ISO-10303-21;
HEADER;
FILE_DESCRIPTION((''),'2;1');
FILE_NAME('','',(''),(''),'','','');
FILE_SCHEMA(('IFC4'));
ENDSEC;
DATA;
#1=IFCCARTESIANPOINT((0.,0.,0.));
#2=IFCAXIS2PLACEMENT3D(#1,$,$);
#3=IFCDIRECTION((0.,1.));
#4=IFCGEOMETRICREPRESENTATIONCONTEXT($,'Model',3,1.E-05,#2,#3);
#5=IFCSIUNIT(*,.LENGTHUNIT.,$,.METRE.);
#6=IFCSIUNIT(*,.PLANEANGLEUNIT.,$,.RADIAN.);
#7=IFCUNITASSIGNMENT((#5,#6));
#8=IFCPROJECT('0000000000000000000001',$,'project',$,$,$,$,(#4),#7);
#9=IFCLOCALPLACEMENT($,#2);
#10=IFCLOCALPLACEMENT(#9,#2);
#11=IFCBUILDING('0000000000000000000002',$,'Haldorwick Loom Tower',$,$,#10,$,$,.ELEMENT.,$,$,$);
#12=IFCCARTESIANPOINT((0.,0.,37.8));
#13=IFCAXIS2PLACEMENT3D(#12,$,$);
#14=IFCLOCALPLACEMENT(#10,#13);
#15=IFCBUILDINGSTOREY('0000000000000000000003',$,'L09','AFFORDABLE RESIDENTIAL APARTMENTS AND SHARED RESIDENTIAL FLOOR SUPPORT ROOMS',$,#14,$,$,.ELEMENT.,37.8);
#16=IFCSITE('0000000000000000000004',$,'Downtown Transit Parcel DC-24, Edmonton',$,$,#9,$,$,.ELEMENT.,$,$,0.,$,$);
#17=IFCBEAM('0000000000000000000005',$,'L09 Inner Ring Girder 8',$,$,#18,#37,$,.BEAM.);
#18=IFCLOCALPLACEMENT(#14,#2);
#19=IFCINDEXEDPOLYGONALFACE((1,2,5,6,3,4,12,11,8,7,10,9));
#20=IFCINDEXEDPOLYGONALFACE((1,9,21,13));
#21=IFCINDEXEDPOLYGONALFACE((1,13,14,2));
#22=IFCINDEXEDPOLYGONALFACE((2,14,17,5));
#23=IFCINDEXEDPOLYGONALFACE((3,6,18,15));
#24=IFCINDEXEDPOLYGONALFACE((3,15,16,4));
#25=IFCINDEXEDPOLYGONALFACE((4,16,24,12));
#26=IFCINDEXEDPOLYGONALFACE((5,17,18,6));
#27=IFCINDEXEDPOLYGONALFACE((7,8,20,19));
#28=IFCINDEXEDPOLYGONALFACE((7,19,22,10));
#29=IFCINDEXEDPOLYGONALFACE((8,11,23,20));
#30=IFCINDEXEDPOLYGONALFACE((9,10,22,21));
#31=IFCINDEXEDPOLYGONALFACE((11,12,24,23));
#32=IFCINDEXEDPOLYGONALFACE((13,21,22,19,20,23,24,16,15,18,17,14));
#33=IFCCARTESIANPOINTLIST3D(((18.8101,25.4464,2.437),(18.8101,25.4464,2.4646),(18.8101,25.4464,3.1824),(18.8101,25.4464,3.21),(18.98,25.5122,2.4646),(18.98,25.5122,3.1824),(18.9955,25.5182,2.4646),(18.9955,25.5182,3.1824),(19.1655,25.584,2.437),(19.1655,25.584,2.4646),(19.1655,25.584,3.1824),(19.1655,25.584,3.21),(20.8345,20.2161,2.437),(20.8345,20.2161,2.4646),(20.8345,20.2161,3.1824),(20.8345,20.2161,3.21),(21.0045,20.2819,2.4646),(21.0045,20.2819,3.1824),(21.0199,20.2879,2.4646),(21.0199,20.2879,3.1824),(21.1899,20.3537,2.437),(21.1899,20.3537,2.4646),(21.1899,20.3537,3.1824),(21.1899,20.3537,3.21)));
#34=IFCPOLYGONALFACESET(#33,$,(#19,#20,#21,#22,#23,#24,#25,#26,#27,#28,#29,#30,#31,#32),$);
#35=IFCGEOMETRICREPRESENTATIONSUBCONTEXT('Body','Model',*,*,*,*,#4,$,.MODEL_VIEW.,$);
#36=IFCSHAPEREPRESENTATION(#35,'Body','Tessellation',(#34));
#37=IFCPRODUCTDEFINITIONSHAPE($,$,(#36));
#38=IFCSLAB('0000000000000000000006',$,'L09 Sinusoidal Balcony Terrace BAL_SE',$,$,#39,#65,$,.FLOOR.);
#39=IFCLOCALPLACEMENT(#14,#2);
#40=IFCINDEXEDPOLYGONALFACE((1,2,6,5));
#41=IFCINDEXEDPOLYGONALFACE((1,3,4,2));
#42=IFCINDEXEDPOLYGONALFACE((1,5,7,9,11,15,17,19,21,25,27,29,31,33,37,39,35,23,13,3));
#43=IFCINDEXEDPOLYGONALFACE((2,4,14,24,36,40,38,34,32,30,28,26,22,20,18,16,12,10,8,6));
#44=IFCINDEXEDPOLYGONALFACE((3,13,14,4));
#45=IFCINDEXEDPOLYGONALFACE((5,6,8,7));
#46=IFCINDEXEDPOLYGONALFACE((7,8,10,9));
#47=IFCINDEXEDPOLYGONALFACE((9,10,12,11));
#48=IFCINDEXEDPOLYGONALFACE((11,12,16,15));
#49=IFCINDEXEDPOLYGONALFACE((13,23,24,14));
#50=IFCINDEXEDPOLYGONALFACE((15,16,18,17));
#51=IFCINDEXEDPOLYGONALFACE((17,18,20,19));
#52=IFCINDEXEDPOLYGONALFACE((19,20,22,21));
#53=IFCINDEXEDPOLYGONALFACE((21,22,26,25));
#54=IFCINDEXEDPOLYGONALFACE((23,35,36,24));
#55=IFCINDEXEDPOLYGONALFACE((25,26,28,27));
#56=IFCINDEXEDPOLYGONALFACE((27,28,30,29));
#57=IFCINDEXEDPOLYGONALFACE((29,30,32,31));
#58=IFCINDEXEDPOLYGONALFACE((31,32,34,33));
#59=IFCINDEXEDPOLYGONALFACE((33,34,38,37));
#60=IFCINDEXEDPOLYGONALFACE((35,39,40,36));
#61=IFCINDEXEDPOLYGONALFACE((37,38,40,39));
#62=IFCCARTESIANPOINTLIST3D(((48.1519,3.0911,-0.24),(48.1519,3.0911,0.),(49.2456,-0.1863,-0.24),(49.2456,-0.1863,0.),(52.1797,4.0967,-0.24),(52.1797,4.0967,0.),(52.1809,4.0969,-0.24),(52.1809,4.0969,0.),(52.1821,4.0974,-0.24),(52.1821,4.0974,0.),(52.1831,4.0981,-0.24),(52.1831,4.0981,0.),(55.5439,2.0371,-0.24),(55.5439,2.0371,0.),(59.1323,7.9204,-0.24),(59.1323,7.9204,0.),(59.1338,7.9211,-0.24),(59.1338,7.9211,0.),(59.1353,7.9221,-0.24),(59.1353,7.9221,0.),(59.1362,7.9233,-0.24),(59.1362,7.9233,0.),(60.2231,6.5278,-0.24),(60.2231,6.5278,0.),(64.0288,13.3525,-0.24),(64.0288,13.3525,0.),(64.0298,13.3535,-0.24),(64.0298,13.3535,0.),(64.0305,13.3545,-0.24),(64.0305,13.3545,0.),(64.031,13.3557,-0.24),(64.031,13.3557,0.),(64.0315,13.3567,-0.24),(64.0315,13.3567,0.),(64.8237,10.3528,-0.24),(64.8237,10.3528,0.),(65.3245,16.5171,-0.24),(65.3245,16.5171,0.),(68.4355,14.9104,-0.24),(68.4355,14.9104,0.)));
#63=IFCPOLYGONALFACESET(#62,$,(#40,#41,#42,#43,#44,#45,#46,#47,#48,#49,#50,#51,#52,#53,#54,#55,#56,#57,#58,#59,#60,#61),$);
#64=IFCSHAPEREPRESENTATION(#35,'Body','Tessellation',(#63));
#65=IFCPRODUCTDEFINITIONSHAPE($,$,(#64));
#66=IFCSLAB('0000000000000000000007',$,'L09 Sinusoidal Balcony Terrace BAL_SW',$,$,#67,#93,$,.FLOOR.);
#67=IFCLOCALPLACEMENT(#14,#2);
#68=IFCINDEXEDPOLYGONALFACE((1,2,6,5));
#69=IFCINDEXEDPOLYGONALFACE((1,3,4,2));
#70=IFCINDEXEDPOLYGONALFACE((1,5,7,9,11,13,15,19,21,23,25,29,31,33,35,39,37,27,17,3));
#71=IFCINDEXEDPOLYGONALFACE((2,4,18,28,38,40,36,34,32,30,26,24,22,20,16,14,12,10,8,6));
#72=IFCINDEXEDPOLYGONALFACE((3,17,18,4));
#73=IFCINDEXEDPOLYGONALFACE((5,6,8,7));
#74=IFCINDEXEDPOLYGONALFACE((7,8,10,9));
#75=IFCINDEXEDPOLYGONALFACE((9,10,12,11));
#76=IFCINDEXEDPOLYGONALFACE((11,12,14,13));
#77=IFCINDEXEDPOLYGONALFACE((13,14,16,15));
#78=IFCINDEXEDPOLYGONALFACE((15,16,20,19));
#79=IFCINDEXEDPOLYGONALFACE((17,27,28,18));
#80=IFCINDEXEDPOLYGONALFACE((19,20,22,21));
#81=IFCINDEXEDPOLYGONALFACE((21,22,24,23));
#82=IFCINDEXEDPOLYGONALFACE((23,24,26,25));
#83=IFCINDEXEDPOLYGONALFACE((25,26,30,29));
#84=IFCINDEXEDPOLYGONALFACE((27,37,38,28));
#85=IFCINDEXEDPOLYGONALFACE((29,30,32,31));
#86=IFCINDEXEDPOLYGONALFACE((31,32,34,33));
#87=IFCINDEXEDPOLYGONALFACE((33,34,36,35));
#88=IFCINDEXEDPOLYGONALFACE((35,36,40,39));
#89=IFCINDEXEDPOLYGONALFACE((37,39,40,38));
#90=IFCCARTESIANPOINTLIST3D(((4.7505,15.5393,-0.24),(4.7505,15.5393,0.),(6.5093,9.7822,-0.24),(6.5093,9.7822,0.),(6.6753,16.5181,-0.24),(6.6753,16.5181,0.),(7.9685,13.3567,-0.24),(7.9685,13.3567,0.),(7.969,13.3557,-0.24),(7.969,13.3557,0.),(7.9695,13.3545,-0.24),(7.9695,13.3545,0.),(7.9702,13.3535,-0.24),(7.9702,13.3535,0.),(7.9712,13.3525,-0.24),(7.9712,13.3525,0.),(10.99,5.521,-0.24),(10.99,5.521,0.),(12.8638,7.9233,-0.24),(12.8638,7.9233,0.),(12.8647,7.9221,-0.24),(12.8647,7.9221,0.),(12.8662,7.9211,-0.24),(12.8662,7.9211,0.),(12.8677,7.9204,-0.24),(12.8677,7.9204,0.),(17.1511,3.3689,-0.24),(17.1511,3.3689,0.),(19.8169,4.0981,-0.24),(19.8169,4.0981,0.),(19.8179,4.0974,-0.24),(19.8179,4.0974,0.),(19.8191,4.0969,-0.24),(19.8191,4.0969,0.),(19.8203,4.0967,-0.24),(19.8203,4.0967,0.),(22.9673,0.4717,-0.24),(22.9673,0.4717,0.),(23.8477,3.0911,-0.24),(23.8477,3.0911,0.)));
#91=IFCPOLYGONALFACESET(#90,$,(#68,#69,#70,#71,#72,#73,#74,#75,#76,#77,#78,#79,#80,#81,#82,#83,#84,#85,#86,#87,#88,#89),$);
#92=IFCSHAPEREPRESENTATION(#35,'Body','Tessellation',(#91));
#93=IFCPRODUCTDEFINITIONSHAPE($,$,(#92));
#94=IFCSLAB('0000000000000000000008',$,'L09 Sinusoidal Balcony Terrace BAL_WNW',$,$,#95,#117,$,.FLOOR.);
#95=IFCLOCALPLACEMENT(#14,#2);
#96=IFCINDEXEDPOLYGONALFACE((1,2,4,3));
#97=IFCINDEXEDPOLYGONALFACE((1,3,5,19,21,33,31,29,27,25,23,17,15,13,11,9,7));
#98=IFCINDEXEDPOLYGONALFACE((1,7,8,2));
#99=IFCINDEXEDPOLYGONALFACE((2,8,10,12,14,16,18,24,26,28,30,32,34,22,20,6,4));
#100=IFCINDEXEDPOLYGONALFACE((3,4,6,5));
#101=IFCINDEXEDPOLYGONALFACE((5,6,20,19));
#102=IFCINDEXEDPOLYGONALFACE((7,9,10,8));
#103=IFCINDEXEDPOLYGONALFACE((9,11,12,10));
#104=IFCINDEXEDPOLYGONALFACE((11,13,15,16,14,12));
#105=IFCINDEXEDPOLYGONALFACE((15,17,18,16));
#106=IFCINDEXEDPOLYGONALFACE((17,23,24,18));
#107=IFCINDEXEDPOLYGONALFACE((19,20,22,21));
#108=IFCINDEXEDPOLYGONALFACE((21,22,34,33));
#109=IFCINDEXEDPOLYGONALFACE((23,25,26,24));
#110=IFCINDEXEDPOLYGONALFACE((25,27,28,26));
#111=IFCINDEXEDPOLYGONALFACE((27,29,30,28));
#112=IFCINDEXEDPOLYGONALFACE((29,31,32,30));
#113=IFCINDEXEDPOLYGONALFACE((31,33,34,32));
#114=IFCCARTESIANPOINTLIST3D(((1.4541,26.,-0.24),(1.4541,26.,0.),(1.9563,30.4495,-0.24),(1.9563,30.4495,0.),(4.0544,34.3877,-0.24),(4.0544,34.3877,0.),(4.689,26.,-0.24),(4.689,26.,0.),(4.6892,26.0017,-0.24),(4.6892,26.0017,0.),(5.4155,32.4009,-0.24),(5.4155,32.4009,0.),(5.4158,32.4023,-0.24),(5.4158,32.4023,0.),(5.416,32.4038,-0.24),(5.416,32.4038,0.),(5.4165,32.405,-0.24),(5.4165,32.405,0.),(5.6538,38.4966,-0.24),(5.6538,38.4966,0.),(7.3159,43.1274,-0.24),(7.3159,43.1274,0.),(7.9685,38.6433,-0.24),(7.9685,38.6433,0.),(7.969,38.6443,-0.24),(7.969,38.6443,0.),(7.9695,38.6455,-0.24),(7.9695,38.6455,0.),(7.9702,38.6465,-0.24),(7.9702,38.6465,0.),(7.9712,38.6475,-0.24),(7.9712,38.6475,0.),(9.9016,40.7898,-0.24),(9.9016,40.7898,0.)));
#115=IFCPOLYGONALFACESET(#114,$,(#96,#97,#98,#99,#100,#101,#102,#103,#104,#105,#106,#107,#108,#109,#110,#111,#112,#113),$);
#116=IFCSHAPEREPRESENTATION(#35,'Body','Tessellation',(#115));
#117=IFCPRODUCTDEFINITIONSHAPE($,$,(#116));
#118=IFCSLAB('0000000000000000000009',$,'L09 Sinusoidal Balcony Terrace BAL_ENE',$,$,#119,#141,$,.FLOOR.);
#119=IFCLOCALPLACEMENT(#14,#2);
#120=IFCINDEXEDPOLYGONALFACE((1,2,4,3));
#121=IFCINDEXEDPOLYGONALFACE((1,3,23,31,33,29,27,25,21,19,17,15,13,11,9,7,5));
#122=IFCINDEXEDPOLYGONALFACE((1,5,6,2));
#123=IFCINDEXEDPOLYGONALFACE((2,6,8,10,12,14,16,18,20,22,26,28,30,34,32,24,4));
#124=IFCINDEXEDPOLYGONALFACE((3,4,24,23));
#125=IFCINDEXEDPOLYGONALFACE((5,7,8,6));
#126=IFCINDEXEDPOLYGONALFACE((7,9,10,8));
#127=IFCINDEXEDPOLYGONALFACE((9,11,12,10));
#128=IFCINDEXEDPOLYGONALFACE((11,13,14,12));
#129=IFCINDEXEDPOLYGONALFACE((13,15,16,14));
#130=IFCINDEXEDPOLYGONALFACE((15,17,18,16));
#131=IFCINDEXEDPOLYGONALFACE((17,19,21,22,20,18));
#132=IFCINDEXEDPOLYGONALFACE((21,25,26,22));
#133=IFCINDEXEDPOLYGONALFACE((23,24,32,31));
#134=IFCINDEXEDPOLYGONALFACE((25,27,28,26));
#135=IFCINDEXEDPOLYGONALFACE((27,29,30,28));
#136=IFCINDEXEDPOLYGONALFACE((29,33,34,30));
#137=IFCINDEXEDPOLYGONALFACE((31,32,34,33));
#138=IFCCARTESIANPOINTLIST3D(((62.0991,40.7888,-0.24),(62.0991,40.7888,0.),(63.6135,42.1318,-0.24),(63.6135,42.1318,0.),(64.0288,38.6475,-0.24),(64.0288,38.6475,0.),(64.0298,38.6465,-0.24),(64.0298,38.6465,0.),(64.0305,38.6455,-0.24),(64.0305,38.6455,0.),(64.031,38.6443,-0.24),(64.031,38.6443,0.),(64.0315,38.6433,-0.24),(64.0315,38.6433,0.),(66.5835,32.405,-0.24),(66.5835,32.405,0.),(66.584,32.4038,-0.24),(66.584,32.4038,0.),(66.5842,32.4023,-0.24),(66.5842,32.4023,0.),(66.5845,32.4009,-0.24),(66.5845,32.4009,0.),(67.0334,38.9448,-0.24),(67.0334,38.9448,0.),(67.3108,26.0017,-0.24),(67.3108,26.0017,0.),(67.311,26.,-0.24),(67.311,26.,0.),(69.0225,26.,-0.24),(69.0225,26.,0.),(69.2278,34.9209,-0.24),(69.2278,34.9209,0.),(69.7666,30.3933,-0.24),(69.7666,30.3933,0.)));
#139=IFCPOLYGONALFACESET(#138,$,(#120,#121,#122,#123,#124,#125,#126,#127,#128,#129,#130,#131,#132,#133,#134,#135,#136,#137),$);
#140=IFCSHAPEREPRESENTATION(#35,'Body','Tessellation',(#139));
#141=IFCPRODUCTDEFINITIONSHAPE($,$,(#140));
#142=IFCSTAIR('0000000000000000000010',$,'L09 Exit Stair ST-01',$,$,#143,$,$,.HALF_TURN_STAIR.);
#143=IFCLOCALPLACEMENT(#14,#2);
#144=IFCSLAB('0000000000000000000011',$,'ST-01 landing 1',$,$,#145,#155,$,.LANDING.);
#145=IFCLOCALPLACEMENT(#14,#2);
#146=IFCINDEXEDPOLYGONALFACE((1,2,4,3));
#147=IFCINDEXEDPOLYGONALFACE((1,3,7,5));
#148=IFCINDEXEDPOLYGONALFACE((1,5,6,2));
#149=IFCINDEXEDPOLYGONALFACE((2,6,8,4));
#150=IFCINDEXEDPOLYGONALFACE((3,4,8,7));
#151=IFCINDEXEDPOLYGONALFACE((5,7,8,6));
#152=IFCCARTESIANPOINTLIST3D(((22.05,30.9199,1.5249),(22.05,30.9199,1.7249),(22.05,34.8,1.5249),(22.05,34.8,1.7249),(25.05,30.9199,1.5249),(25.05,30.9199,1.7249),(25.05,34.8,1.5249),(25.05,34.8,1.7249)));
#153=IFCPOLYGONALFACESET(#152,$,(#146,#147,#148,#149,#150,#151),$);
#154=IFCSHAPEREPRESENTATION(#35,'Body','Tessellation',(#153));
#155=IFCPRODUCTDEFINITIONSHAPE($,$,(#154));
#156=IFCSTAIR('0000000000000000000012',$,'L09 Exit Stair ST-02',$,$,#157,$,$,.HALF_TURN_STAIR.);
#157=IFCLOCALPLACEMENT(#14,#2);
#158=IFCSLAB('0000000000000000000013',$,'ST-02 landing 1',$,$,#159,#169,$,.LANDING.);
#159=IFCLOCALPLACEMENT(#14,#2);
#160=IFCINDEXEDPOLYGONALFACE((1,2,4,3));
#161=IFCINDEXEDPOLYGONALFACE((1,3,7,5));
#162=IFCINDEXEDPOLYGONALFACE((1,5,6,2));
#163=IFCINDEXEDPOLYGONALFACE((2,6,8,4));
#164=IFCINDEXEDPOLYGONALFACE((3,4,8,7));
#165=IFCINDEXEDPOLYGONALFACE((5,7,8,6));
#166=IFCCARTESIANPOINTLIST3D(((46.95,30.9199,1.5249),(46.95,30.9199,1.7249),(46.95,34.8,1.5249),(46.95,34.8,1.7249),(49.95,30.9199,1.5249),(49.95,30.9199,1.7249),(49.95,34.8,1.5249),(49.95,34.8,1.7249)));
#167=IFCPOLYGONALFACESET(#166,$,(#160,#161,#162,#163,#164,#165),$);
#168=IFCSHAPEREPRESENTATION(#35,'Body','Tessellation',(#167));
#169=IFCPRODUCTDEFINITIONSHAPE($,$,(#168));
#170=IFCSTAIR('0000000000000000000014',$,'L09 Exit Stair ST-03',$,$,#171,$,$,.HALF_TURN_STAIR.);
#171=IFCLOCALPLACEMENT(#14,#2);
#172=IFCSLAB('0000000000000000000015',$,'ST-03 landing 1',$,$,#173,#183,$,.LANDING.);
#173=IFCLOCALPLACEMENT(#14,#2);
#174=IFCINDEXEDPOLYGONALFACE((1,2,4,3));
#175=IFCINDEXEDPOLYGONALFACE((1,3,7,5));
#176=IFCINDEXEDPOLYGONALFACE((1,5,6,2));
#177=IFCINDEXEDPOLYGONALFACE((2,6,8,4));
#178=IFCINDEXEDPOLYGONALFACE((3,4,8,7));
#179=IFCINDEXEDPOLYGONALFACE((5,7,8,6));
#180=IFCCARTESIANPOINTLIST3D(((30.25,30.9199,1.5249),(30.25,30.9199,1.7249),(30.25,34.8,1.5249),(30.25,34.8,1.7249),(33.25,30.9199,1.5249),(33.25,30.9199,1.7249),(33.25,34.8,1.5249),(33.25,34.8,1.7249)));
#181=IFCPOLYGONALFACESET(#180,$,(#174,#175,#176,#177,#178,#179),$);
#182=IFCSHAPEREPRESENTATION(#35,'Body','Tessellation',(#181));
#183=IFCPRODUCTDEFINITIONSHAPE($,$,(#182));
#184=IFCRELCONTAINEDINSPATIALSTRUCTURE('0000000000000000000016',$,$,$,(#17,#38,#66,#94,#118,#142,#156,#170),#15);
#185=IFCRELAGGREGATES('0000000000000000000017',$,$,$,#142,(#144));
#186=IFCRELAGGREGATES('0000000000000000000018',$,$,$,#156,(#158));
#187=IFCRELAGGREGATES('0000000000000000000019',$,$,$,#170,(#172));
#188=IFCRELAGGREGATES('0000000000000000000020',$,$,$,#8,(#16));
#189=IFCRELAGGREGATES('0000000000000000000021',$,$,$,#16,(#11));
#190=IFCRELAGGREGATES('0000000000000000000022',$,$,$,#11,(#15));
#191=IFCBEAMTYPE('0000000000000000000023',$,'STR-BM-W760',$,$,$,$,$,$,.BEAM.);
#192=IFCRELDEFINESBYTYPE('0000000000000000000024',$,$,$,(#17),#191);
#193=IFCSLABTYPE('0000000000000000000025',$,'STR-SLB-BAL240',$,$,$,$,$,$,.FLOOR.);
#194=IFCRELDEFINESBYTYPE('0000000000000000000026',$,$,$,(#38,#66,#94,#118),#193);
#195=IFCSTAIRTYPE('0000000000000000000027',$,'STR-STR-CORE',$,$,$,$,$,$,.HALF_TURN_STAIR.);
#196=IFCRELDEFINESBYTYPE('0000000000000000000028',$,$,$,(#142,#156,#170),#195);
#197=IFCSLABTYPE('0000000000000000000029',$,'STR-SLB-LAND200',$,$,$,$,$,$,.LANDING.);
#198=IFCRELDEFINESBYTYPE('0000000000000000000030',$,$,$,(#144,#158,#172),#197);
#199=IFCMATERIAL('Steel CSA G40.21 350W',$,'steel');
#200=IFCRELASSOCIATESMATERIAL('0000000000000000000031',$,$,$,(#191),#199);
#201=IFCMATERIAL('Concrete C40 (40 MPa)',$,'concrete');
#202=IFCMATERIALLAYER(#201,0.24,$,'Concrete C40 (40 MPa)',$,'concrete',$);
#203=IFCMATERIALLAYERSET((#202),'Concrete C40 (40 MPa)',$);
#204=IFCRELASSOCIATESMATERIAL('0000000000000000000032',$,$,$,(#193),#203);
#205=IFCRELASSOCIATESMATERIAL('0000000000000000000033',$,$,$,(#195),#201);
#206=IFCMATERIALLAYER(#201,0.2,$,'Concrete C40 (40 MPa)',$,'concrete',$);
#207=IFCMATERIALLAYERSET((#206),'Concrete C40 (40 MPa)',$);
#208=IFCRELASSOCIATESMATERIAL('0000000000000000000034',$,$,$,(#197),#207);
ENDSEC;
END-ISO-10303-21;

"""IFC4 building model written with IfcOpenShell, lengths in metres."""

from ifc_helpers import new_model, si_unit, direction, frame, origin, origin_2d, place, context, subcontext, project, spatial, polyline, i_section, outline, extrude, material, layer, layer_set, material_profile, profile_set, type_object, element, aggregate, save


model = new_model("IFC4")

# Units and contexts
model_context = context("Model", 3, precision=1e-05, world=origin(), true_north=direction((0.0, 1.0)))
body_context = subcontext(model_context, "Body", "Model", "MODEL_VIEW")
ifc_project = project(units=[si_unit("LENGTHUNIT", "METRE"), si_unit("PLANEANGLEUNIT", "RADIAN")], contexts=[model_context])

# Site, building, storey
site_placement = place(None, origin())
site = spatial("IfcSite", under=ifc_project, at=site_placement, Name="Downtown Transit Parcel DC-24, Edmonton", CompositionType="ELEMENT", RefElevation=0.0)
building_placement = place(site_placement, origin())
building = spatial("IfcBuilding", under=site, at=building_placement, Name="Haldorwick Loom Tower", CompositionType="ELEMENT")
storey_placement = place(building_placement, frame((0.0, 0.0, 37.8)))
storey = spatial("IfcBuildingStorey", under=building, at=storey_placement, Name="L09", Description="AFFORDABLE RESIDENTIAL APARTMENTS AND SHARED RESIDENTIAL FLOOR SUPPORT ROOMS", CompositionType="ELEMENT", Elevation=37.8)

# Beam
ifc_material_1 = material(Name="Steel CSA G40.21 350W", Category="steel")
ifc_material_profile_1 = material_profile(ifc_material_1, i_section(OverallWidth=0.3811, OverallDepth=0.7729, WebThickness=0.0166, FlangeThickness=0.0276, at=origin_2d()), Name="W760X257", Category="steel")
ifc_profile_set_1 = profile_set([ifc_material_profile_1], Name="Steel CSA G40.21 350W")
beam_type_1 = type_object("IfcBeamType", Name="STR-BM-W760", PredefinedType="BEAM", material=ifc_profile_set_1)
beam_1_placement = place(storey_placement, frame((21.0122, 20.2849, 2.8235), z_axis=(-0.360965, 0.932579, 0.0), x_axis=(-0.932579, -0.360965, 0.0)))
element("IfcBeam", 1, at=beam_1_placement, inside=storey, type_object=beam_type_1, Name="L09 Inner Ring Girder 8", PredefinedType="BEAM", context=body_context, shape_type="SweptSolid", body=[
    extrude(i_section(OverallWidth=0.3811, OverallDepth=0.7729, WebThickness=0.0166, FlangeThickness=0.0276, at=origin_2d()), origin(), (0.0, 0.0, 1.0), 5.6084),
])

# Slabs
ifc_material_2 = material(Name="Concrete C40 (40 MPa)", Category="concrete")
ifc_layer_1 = layer(ifc_material_2, 0.24, Name="Concrete C40 (40 MPa)", Category="concrete")
ifc_layer_set_1 = layer_set([ifc_layer_1], Name="Concrete C40 (40 MPa)")
slab_type_1 = type_object("IfcSlabType", Name="STR-SLB-BAL240", PredefinedType="FLOOR", material=ifc_layer_set_1)
slab_1_placement = place(storey_placement, frame((0.0, 0.0, -0.24)))
element("IfcSlab", 2, at=slab_1_placement, inside=storey, type_object=slab_type_1, Name="L09 Sinusoidal Balcony Terrace BAL_SE", PredefinedType="FLOOR", context=body_context, shape_type="SweptSolid", body=[
    extrude(outline(polyline([(65.3245, 16.5171), (64.0315, 13.3567), (64.031, 13.3557), (64.0305, 13.3545), (64.0298, 13.3535), (64.0288, 13.3525), (59.1362, 7.9233), (59.1353, 7.9221), (59.1338, 7.9211), (59.1323, 7.9204), (52.1831, 4.0981), (52.1821, 4.0974), (52.1809, 4.0969), (52.1797, 4.0967), (48.1519, 3.0911), (49.2456, -0.1863), (55.5439, 2.0371), (60.2231, 6.5278), (64.8237, 10.3528), (68.4355, 14.9104), (65.3245, 16.5171)])), origin(), (0.0, 0.0, 1.0), 0.24),
])
slab_2_placement = place(storey_placement, frame((0.0, 0.0, -0.24)))
element("IfcSlab", 3, at=slab_2_placement, inside=storey, type_object=slab_type_1, Name="L09 Sinusoidal Balcony Terrace BAL_SW", PredefinedType="FLOOR", context=body_context, shape_type="SweptSolid", body=[
    extrude(outline(polyline([(23.8477, 3.0911), (19.8203, 4.0967), (19.8191, 4.0969), (19.8179, 4.0974), (19.8169, 4.0981), (12.8677, 7.9204), (12.8662, 7.9211), (12.8647, 7.9221), (12.8638, 7.9233), (7.9712, 13.3525), (7.9702, 13.3535), (7.9695, 13.3545), (7.969, 13.3557), (7.9685, 13.3567), (6.6753, 16.5181), (4.7505, 15.5393), (6.5093, 9.7822), (10.99, 5.521), (17.1511, 3.3689), (22.9673, 0.4717), (23.8477, 3.0911)])), origin(), (0.0, 0.0, 1.0), 0.24),
])
slab_3_placement = place(storey_placement, frame((0.0, 0.0, -0.24)))
element("IfcSlab", 4, at=slab_3_placement, inside=storey, type_object=slab_type_1, Name="L09 Sinusoidal Balcony Terrace BAL_WNW", PredefinedType="FLOOR", context=body_context, shape_type="SweptSolid", body=[
    extrude(outline(polyline([(4.689, 26.0), (4.6892, 26.0017), (5.4155, 32.4009), (5.4158, 32.4023), (5.416, 32.4038), (5.4165, 32.405), (7.9685, 38.6433), (7.969, 38.6443), (7.9695, 38.6455), (7.9702, 38.6465), (7.9712, 38.6475), (9.9016, 40.7898), (7.3159, 43.1274), (5.6538, 38.4966), (4.0544, 34.3877), (1.9563, 30.4495), (1.4541, 26.0), (4.689, 26.0)])), origin(), (0.0, 0.0, 1.0), 0.24),
])
slab_4_placement = place(storey_placement, frame((0.0, 0.0, -0.24)))
element("IfcSlab", 5, at=slab_4_placement, inside=storey, type_object=slab_type_1, Name="L09 Sinusoidal Balcony Terrace BAL_ENE", PredefinedType="FLOOR", context=body_context, shape_type="SweptSolid", body=[
    extrude(outline(polyline([(62.0991, 40.7888), (64.0288, 38.6475), (64.0298, 38.6465), (64.0305, 38.6455), (64.031, 38.6443), (64.0315, 38.6433), (66.5835, 32.405), (66.584, 32.4038), (66.5842, 32.4023), (66.5845, 32.4009), (67.3108, 26.0017), (67.311, 26.0), (69.0225, 26.0), (69.7666, 30.3933), (69.2278, 34.9209), (67.0334, 38.9448), (63.6135, 42.1318), (62.0991, 40.7888)])), origin(), (0.0, 0.0, 1.0), 0.24),
])

# Stairs, slabs
stair_type = type_object("IfcStairType", Name="STR-STR-CORE", PredefinedType="HALF_TURN_STAIR", material=ifc_material_2)
stair_1_placement = place(storey_placement, origin())
stair_1 = element("IfcStair", 6, at=stair_1_placement, inside=storey, type_object=stair_type, Name="L09 Exit Stair ST-01", PredefinedType="HALF_TURN_STAIR")
ifc_layer_2 = layer(ifc_material_2, 0.2, Name="Concrete C40 (40 MPa)", Category="concrete")
ifc_layer_set_2 = layer_set([ifc_layer_2], Name="Concrete C40 (40 MPa)")
slab_type_2 = type_object("IfcSlabType", Name="STR-SLB-LAND200", PredefinedType="LANDING", material=ifc_layer_set_2)
slab_5_placement = place(storey_placement, frame((0.0, 0.0, 1.5249)))
slab_5 = element("IfcSlab", 7, at=slab_5_placement, type_object=slab_type_2, Name="ST-01 landing 1", PredefinedType="LANDING", context=body_context, shape_type="SweptSolid", body=[
    extrude(outline(polyline([(25.05, 30.9199), (25.05, 34.8), (22.05, 34.8), (22.05, 30.9199), (25.05, 30.9199)])), origin(), (0.0, 0.0, 1.0), 0.2),
])
aggregate(stair_1, [slab_5])
stair_2_placement = place(storey_placement, origin())
stair_2 = element("IfcStair", 8, at=stair_2_placement, inside=storey, type_object=stair_type, Name="L09 Exit Stair ST-02", PredefinedType="HALF_TURN_STAIR")
slab_6_placement = place(storey_placement, frame((0.0, 0.0, 1.5249)))
slab_6 = element("IfcSlab", 9, at=slab_6_placement, type_object=slab_type_2, Name="ST-02 landing 1", PredefinedType="LANDING", context=body_context, shape_type="SweptSolid", body=[
    extrude(outline(polyline([(49.95, 30.9199), (49.95, 34.8), (46.95, 34.8), (46.95, 30.9199), (49.95, 30.9199)])), origin(), (0.0, 0.0, 1.0), 0.2),
])
aggregate(stair_2, [slab_6])
stair_3_placement = place(storey_placement, origin())
stair_3 = element("IfcStair", 10, at=stair_3_placement, inside=storey, type_object=stair_type, Name="L09 Exit Stair ST-03", PredefinedType="HALF_TURN_STAIR")
slab_7_placement = place(storey_placement, frame((0.0, 0.0, 1.5249)))
slab_7 = element("IfcSlab", 11, at=slab_7_placement, type_object=slab_type_2, Name="ST-03 landing 1", PredefinedType="LANDING", context=body_context, shape_type="SweptSolid", body=[
    extrude(outline(polyline([(33.25, 30.9199), (33.25, 34.8), (30.25, 34.8), (30.25, 30.9199), (33.25, 30.9199)])), origin(), (0.0, 0.0, 1.0), 0.2),
])
aggregate(stair_3, [slab_7])

save(model, "model.ifc")
